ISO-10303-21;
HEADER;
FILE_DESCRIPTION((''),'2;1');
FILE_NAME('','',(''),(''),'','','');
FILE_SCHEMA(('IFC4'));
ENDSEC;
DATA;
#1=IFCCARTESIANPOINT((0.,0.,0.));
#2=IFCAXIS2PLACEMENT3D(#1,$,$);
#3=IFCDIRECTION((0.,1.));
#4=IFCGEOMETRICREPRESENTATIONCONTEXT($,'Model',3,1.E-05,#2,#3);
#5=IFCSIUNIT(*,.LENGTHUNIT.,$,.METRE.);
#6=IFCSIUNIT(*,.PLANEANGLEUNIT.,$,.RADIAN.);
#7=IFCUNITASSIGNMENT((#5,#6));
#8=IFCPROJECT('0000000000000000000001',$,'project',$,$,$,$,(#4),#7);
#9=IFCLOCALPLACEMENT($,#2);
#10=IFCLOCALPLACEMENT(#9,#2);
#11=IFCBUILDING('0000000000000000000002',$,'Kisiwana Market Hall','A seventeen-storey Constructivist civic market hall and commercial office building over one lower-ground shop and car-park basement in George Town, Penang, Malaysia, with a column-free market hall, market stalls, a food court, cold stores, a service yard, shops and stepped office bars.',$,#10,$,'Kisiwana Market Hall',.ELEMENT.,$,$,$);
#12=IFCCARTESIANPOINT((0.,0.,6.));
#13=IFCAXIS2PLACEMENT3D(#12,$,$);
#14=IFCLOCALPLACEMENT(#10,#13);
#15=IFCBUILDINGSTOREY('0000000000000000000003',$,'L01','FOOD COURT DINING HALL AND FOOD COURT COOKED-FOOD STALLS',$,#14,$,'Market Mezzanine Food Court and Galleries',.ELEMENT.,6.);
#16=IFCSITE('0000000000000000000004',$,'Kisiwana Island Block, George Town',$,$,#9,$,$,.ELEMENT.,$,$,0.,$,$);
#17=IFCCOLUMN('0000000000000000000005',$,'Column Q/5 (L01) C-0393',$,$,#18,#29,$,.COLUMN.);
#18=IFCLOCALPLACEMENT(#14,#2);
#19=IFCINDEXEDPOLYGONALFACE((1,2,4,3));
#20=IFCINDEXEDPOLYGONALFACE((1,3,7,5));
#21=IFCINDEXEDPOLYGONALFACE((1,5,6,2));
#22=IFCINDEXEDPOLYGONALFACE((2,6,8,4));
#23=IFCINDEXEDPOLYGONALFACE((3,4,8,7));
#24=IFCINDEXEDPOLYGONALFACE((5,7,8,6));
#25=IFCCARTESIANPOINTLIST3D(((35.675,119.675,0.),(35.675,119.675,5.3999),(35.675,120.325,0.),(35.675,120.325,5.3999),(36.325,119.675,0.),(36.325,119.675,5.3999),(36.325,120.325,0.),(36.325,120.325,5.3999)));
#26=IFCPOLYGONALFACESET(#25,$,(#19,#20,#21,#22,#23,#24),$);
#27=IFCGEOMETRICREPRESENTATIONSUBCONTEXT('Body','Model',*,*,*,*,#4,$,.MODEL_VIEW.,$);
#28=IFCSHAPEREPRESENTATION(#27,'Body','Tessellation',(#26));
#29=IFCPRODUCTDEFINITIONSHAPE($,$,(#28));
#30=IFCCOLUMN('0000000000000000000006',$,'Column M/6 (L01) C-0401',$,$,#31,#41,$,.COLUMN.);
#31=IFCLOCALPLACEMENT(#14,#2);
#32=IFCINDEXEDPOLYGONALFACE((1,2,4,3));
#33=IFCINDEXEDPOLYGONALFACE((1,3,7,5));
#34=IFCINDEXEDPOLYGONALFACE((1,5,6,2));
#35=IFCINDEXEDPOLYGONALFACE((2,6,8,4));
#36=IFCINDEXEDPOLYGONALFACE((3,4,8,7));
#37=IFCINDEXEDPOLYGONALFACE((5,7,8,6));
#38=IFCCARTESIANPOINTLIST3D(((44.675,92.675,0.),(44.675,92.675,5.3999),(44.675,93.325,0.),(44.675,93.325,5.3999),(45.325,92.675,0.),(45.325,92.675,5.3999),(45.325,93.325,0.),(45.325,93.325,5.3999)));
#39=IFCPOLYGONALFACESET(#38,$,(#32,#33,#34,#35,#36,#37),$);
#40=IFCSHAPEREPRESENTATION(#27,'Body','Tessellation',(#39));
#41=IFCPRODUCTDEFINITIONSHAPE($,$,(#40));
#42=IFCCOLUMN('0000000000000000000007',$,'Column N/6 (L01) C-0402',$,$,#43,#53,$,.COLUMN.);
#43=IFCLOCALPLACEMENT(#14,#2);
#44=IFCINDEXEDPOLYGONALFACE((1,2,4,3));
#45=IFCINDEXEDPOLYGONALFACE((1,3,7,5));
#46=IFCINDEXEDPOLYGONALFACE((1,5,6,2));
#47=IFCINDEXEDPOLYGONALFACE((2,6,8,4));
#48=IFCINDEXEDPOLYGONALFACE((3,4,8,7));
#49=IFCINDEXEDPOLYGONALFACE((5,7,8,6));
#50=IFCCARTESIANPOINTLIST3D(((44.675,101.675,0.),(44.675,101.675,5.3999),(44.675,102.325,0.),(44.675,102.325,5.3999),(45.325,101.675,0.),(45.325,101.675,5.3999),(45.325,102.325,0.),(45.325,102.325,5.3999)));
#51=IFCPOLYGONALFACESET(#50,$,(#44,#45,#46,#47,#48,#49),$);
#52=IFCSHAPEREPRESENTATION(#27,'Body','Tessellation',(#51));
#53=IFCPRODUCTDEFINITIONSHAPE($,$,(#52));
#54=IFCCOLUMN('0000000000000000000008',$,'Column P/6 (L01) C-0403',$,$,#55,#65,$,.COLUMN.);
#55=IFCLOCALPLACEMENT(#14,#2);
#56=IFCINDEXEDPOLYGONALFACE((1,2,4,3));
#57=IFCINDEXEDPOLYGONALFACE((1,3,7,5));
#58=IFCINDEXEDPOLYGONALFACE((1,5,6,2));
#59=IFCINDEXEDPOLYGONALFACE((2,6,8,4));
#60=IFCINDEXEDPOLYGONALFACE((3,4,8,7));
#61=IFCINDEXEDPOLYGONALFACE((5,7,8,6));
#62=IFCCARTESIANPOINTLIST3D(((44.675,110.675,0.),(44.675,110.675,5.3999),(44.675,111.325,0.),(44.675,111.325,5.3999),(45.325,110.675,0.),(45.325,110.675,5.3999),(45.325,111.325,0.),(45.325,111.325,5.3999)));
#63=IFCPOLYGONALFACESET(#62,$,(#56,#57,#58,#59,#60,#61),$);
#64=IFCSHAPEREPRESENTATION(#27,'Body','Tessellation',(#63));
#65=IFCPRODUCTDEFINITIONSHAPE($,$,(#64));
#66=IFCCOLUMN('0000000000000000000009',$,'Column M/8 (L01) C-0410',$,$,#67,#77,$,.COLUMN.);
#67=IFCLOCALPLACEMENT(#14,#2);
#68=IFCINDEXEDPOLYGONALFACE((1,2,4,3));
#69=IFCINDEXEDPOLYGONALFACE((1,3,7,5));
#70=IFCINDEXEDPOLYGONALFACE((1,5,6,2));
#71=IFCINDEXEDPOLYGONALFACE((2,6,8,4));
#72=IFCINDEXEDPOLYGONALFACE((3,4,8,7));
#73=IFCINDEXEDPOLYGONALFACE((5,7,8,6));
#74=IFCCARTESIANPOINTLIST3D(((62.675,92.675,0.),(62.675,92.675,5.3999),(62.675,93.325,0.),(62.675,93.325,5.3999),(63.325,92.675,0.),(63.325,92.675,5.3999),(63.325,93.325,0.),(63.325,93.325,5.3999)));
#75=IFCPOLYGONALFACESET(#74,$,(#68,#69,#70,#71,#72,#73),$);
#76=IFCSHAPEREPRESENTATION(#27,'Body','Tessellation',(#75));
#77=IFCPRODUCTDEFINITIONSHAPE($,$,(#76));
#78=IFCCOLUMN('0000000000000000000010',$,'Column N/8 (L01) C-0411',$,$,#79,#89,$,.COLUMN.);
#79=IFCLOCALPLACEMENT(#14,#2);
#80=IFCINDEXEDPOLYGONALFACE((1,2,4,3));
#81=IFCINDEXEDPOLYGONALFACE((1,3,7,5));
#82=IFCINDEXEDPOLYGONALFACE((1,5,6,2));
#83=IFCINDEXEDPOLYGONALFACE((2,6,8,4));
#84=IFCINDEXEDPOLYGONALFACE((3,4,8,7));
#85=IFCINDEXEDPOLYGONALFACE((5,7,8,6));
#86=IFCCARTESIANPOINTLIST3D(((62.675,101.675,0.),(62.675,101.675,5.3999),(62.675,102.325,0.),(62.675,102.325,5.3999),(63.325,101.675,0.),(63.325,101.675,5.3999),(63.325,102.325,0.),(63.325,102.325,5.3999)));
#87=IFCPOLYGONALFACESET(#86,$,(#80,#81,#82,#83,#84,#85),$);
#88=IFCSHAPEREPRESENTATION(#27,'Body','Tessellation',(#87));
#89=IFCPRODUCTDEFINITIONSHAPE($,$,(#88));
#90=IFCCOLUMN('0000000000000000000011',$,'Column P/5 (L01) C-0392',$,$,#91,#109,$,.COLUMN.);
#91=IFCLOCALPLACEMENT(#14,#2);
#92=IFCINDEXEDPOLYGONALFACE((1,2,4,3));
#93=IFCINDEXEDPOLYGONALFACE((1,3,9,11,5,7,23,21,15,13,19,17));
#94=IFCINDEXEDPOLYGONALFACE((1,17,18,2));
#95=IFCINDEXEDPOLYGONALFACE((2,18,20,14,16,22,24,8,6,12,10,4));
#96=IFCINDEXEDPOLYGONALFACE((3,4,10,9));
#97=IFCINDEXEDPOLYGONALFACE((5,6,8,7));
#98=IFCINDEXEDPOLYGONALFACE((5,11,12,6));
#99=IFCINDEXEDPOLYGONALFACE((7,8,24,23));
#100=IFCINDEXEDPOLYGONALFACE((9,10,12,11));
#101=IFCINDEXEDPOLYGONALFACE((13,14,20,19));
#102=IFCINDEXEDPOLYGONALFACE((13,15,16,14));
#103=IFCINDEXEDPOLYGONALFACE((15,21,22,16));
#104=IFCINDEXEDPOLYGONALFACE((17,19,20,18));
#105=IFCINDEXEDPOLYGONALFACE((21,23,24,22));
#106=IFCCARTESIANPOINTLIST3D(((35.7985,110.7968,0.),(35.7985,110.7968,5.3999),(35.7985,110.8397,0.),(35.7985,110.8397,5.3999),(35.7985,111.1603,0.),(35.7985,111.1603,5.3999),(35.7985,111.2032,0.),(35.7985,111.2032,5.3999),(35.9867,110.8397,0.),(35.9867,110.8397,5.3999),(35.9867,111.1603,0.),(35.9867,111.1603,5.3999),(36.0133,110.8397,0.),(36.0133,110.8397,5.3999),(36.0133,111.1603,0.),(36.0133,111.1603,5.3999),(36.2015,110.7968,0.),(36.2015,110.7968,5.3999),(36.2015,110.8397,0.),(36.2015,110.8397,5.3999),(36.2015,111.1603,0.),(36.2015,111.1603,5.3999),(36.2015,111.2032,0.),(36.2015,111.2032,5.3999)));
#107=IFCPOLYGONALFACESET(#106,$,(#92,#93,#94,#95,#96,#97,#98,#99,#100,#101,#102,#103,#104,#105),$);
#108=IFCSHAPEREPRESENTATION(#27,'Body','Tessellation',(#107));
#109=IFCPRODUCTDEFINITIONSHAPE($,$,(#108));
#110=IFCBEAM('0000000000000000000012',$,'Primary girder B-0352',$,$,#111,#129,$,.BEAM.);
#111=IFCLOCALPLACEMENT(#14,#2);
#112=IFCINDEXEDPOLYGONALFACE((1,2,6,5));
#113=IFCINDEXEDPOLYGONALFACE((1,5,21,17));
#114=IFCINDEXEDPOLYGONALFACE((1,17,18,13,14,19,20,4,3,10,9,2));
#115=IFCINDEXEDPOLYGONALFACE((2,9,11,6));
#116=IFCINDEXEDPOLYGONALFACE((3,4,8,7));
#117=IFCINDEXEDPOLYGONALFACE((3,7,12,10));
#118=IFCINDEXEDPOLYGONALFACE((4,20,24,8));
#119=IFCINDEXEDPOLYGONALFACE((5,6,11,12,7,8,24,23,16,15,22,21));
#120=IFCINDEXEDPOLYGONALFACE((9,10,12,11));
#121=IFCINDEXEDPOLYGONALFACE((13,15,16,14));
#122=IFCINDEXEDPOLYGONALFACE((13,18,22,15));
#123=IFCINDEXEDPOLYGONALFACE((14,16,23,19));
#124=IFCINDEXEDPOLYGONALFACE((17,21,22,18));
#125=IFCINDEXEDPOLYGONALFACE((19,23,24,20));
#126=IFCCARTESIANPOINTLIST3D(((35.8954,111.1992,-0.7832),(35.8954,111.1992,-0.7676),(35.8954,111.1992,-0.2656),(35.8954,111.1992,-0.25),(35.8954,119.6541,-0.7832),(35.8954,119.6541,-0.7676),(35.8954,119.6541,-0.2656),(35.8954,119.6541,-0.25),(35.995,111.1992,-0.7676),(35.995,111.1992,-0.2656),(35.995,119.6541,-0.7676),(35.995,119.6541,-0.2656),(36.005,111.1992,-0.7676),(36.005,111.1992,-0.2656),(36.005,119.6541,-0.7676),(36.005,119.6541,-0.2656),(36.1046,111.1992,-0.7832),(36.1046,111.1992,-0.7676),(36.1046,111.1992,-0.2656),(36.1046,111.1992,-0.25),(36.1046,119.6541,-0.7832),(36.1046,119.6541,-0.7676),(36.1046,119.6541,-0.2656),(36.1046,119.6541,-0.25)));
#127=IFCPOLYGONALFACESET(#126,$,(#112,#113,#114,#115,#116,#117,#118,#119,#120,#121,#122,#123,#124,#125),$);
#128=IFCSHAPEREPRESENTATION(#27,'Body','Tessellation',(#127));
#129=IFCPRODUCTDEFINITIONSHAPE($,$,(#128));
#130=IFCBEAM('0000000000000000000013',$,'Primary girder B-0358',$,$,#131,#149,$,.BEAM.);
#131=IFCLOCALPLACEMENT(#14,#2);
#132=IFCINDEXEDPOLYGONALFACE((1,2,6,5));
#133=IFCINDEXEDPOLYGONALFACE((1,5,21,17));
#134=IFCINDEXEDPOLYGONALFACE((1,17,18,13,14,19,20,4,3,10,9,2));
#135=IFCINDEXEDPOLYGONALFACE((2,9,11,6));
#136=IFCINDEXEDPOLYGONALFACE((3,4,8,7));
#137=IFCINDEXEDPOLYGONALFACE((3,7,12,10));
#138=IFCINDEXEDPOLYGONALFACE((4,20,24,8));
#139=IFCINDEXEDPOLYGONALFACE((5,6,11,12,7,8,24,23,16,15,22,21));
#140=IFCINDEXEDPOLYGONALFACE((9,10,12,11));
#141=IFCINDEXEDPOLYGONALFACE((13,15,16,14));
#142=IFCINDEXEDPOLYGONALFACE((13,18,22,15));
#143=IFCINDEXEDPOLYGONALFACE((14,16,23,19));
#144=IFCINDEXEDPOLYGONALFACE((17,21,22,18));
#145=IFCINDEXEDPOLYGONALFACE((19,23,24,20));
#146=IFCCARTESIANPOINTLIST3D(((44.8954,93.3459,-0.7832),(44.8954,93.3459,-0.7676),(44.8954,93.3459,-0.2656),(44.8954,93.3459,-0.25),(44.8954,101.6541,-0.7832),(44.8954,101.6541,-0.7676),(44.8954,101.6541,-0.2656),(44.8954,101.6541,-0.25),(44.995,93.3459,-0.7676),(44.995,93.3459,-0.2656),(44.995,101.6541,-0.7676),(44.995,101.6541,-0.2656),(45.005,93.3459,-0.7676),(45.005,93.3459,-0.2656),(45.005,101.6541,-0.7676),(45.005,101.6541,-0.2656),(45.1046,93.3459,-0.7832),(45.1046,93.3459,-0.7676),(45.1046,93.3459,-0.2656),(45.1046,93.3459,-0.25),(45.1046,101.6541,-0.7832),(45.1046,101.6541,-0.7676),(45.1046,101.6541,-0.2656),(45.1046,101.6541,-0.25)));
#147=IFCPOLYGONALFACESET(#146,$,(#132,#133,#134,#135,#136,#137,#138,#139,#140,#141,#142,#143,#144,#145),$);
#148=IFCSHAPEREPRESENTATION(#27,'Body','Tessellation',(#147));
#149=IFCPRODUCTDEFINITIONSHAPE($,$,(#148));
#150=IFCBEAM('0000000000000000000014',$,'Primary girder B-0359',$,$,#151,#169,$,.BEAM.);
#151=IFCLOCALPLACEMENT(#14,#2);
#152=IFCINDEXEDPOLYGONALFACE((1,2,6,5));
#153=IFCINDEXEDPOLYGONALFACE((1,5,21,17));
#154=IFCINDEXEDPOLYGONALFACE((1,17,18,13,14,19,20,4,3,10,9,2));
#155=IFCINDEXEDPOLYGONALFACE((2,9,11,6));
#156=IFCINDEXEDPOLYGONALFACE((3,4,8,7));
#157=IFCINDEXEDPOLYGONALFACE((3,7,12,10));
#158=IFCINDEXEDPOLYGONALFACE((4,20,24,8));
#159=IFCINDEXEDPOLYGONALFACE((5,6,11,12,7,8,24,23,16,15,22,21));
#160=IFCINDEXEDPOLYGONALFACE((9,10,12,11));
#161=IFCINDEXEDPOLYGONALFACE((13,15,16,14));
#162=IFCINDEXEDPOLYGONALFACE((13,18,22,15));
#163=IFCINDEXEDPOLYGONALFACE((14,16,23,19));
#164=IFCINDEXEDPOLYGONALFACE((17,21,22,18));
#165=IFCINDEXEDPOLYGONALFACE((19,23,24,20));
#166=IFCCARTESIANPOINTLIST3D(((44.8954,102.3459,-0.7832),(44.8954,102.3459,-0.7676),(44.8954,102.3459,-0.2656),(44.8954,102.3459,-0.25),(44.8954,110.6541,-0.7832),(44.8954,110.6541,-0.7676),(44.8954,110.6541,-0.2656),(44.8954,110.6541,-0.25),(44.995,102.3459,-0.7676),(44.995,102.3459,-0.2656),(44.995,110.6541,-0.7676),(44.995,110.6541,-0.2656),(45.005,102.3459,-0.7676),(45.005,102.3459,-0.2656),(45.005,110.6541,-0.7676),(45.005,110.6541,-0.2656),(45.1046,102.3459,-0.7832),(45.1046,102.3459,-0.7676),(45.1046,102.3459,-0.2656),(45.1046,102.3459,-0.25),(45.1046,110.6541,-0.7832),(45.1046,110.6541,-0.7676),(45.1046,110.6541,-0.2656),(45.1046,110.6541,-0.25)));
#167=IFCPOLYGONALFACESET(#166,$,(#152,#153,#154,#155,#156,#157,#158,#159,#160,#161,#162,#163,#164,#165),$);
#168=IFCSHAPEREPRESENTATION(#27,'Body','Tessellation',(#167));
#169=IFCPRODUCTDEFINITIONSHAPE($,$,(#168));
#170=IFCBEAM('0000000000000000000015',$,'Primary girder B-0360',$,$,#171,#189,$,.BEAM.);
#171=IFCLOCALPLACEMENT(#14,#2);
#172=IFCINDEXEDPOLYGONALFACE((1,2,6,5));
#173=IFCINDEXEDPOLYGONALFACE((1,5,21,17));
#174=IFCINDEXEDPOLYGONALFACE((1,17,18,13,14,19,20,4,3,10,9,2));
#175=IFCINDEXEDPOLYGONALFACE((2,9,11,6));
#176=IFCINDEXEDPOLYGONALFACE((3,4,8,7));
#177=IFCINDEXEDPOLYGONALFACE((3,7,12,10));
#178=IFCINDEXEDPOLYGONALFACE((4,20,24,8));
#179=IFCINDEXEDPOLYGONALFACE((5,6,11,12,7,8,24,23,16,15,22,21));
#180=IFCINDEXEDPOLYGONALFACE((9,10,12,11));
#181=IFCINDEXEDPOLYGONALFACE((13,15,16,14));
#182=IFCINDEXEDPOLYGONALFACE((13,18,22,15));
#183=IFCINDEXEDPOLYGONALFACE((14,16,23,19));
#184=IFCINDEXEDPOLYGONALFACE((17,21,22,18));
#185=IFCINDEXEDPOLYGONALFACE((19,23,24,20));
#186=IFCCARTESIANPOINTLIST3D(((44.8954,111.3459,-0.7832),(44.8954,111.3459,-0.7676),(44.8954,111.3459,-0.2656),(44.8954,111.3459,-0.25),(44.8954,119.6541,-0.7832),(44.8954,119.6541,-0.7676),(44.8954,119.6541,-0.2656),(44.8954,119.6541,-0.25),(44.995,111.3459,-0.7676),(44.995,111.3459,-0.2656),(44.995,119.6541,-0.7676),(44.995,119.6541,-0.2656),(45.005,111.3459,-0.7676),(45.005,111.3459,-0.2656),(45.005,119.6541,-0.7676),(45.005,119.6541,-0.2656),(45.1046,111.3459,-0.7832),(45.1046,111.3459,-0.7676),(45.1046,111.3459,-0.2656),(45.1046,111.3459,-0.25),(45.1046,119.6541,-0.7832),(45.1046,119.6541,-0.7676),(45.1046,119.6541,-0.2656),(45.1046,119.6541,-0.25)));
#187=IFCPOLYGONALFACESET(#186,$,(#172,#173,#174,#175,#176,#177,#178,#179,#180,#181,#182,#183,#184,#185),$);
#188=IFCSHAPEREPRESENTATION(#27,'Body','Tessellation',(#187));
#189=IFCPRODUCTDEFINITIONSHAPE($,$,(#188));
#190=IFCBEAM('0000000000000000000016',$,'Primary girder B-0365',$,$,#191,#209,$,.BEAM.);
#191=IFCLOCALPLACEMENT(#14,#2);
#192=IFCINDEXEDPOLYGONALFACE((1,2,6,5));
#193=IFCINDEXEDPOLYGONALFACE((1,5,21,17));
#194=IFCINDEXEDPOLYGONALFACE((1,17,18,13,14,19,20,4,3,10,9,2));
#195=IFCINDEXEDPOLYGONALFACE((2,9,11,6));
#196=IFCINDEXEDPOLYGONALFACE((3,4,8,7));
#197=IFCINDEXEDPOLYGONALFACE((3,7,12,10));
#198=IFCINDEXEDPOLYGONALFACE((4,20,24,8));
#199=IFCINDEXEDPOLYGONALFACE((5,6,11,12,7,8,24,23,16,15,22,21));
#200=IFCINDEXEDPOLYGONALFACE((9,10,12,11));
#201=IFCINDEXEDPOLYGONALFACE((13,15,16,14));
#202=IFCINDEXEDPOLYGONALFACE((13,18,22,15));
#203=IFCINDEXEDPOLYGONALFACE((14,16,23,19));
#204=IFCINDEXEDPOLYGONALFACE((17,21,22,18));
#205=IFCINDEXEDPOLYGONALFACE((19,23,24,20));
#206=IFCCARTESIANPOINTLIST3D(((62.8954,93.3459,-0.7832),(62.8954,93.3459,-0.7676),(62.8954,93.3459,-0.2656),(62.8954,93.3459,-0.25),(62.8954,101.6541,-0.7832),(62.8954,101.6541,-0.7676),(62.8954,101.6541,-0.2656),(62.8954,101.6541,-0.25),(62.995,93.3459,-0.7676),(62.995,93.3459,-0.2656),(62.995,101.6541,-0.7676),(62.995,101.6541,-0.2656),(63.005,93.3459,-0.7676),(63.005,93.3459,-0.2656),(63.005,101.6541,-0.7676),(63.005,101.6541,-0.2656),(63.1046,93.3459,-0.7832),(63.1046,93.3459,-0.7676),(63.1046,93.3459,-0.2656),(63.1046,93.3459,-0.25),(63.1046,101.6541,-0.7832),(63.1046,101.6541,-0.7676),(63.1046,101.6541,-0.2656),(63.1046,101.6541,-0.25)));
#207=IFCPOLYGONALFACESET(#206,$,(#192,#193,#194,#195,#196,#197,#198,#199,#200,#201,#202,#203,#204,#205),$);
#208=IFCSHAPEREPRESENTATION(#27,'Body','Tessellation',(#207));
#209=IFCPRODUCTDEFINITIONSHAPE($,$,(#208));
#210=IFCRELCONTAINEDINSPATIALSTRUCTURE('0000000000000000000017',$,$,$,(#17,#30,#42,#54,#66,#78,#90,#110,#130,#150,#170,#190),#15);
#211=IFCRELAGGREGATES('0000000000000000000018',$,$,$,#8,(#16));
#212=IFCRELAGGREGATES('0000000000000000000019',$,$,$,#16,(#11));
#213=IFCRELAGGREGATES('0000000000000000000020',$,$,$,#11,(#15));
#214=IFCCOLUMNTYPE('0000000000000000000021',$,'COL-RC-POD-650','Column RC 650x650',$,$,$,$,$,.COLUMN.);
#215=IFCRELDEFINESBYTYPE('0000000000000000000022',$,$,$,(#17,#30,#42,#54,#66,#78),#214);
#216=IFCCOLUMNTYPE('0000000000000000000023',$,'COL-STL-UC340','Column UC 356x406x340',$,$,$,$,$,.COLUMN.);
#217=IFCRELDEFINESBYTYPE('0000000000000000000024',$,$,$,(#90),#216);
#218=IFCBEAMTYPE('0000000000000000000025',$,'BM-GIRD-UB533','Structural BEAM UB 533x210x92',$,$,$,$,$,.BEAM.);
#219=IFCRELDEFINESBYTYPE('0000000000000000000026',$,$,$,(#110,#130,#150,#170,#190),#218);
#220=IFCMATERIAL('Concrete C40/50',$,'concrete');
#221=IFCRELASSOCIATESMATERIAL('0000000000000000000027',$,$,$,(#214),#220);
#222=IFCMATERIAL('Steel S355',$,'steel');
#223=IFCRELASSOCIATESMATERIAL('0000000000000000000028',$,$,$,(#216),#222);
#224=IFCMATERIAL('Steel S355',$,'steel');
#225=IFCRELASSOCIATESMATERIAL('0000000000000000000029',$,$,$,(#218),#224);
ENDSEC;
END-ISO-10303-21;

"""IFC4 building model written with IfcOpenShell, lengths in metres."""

from ifc_helpers import new_model, si_unit, direction, frame, origin, origin_2d, place, context, subcontext, project, spatial, rectangle, i_section, extrude, material, material_profile, profile_set, type_object, element, save


model = new_model("IFC4")

# Units and contexts
model_context = context("Model", 3, precision=1e-05, world=origin(), true_north=direction((0.0, 1.0)))
body_context = subcontext(model_context, "Body", "Model", "MODEL_VIEW")
ifc_project = project(units=[si_unit("LENGTHUNIT", "METRE"), si_unit("PLANEANGLEUNIT", "RADIAN")], contexts=[model_context])

# Site, building, storey
site_placement = place(None, origin())
site = spatial("IfcSite", under=ifc_project, at=site_placement, Name="Kisiwana Island Block, George Town", CompositionType="ELEMENT", RefElevation=0.0)
building_placement = place(site_placement, origin())
building = spatial("IfcBuilding", under=site, at=building_placement, Name="Kisiwana Market Hall", Description="A seventeen-storey Constructivist civic market hall and commercial office building over one lower-ground shop and car-park basement in George Town, Penang, Malaysia, with a column-free market hall, market stalls, a food court, cold stores, a service yard, shops and stepped office bars.", LongName="Kisiwana Market Hall", CompositionType="ELEMENT")
storey_placement = place(building_placement, frame((0.0, 0.0, 6.0)))
storey = spatial("IfcBuildingStorey", under=building, at=storey_placement, Name="L01", Description="FOOD COURT DINING HALL AND FOOD COURT COOKED-FOOD STALLS", LongName="Market Mezzanine Food Court and Galleries", CompositionType="ELEMENT", Elevation=6.0)

# Columns
ifc_material_1 = material(Name="Concrete C40/50", Category="concrete")
ifc_material_profile_1 = material_profile(ifc_material_1, rectangle(XDim=0.6499, YDim=0.6499, at=origin_2d()), Name="RC 650x650")
ifc_profile_set_1 = profile_set([ifc_material_profile_1], Name="Concrete C40/50")
column_type_1 = type_object("IfcColumnType", Name="COL-RC-POD-650", Description="Column RC 650x650", PredefinedType="COLUMN", material=ifc_profile_set_1)
for number, where, z_axis, x_axis, name in (
    (1, (36.0, 120.0, 0.0), (0.0, 0.0, 1.0), (1.0, 0.0, 0.0), "Column Q/5 (L01) C-0393"),
    (2, (45.0, 93.0, 0.0), (0.0, 0.0, 1.0), (1.0, 0.0, 0.0), "Column M/6 (L01) C-0401"),
    (3, (45.0, 102.0, 0.0), (0.0, 0.0, 1.0), (1.0, 0.0, 0.0), "Column N/6 (L01) C-0402"),
    (4, (45.0, 111.0, 0.0), (0.0, 0.0, 1.0), (1.0, 0.0, 0.0), "Column P/6 (L01) C-0403"),
    (5, (63.0, 93.0, 0.0), (0.0, 0.0, 1.0), (1.0, 0.0, 0.0), "Column M/8 (L01) C-0410"),
    (6, (63.0, 102.0, 0.0), (0.0, 0.0, 1.0), (1.0, 0.0, 0.0), "Column N/8 (L01) C-0411"),
):
    element("IfcColumn", number, at=place(storey_placement, frame(where, z_axis=z_axis, x_axis=x_axis)), inside=storey, type_object=column_type_1, Name=name, PredefinedType="COLUMN", context=body_context, shape_type="SweptSolid", body=[
        extrude(rectangle(XDim=0.6499, YDim=0.6499, at=origin_2d()), origin(), (0.0, 0.0, 1.0), 5.3999),
    ])
ifc_material_2 = material(Name="Steel S355", Category="steel")
ifc_material_profile_2 = material_profile(ifc_material_2, i_section(OverallWidth=0.4031, OverallDepth=0.4065, WebThickness=0.0266, FlangeThickness=0.043, at=origin_2d()), Name="UC 356x406x340")
ifc_profile_set_2 = profile_set([ifc_material_profile_2], Name="Steel S355")
column_type_2 = type_object("IfcColumnType", Name="COL-STL-UC340", Description="Column UC 356x406x340", PredefinedType="COLUMN", material=ifc_profile_set_2)
column_placement = place(storey_placement, frame((36.0, 111.0, 0.0), z_axis=(0.0, 0.0, 1.0), x_axis=(1.0, 0.0, 0.0)))
element("IfcColumn", 7, at=column_placement, inside=storey, type_object=column_type_2, Name="Column P/5 (L01) C-0392", PredefinedType="COLUMN", context=body_context, shape_type="SweptSolid", body=[
    extrude(i_section(OverallWidth=0.4031, OverallDepth=0.4065, WebThickness=0.0266, FlangeThickness=0.043, at=origin_2d()), origin(), (0.0, 0.0, 1.0), 5.3999),
])

# Beams
ifc_material_3 = material(Name="Steel S355", Category="steel")
ifc_material_profile_3 = material_profile(ifc_material_3, i_section(OverallWidth=0.2092, OverallDepth=0.5332, WebThickness=0.01, FlangeThickness=0.0156, at=origin_2d()), Name="UB 533x210x92")
ifc_profile_set_3 = profile_set([ifc_material_profile_3], Name="Steel S355")
beam_type_1 = type_object("IfcBeamType", Name="BM-GIRD-UB533", Description="Structural BEAM UB 533x210x92", PredefinedType="BEAM", material=ifc_profile_set_3)
beam_1_placement = place(storey_placement, frame((36.0, 111.1992, -0.5166), z_axis=(0.0, 1.0, 0.0), x_axis=(-1.0, 0.0, 0.0)))
element("IfcBeam", 8, at=beam_1_placement, inside=storey, type_object=beam_type_1, Name="Primary girder B-0352", PredefinedType="BEAM", context=body_context, shape_type="SweptSolid", body=[
    extrude(i_section(OverallWidth=0.2092, OverallDepth=0.5332, WebThickness=0.01, FlangeThickness=0.0156, at=origin_2d()), origin(), (0.0, 0.0, 1.0), 8.4548),
])
for number, where, z_axis, x_axis, name in (
    (9, (45.0, 93.3459, -0.5166), (0.0, 1.0, 0.0), (-1.0, 0.0, 0.0), "Primary girder B-0358"),
    (10, (45.0, 102.3459, -0.5166), (0.0, 1.0, 0.0), (-1.0, 0.0, 0.0), "Primary girder B-0359"),
    (11, (45.0, 111.3459, -0.5166), (0.0, 1.0, 0.0), (-1.0, 0.0, 0.0), "Primary girder B-0360"),
    (12, (63.0, 93.3459, -0.5166), (0.0, 1.0, 0.0), (-1.0, 0.0, 0.0), "Primary girder B-0365"),
):
    element("IfcBeam", number, at=place(storey_placement, frame(where, z_axis=z_axis, x_axis=x_axis)), inside=storey, type_object=beam_type_1, Name=name, PredefinedType="BEAM", context=body_context, shape_type="SweptSolid", body=[
        extrude(i_section(OverallWidth=0.2092, OverallDepth=0.5332, WebThickness=0.01, FlangeThickness=0.0156, at=origin_2d()), origin(), (0.0, 0.0, 1.0), 8.3081),
    ])

save(model, "model.ifc")
